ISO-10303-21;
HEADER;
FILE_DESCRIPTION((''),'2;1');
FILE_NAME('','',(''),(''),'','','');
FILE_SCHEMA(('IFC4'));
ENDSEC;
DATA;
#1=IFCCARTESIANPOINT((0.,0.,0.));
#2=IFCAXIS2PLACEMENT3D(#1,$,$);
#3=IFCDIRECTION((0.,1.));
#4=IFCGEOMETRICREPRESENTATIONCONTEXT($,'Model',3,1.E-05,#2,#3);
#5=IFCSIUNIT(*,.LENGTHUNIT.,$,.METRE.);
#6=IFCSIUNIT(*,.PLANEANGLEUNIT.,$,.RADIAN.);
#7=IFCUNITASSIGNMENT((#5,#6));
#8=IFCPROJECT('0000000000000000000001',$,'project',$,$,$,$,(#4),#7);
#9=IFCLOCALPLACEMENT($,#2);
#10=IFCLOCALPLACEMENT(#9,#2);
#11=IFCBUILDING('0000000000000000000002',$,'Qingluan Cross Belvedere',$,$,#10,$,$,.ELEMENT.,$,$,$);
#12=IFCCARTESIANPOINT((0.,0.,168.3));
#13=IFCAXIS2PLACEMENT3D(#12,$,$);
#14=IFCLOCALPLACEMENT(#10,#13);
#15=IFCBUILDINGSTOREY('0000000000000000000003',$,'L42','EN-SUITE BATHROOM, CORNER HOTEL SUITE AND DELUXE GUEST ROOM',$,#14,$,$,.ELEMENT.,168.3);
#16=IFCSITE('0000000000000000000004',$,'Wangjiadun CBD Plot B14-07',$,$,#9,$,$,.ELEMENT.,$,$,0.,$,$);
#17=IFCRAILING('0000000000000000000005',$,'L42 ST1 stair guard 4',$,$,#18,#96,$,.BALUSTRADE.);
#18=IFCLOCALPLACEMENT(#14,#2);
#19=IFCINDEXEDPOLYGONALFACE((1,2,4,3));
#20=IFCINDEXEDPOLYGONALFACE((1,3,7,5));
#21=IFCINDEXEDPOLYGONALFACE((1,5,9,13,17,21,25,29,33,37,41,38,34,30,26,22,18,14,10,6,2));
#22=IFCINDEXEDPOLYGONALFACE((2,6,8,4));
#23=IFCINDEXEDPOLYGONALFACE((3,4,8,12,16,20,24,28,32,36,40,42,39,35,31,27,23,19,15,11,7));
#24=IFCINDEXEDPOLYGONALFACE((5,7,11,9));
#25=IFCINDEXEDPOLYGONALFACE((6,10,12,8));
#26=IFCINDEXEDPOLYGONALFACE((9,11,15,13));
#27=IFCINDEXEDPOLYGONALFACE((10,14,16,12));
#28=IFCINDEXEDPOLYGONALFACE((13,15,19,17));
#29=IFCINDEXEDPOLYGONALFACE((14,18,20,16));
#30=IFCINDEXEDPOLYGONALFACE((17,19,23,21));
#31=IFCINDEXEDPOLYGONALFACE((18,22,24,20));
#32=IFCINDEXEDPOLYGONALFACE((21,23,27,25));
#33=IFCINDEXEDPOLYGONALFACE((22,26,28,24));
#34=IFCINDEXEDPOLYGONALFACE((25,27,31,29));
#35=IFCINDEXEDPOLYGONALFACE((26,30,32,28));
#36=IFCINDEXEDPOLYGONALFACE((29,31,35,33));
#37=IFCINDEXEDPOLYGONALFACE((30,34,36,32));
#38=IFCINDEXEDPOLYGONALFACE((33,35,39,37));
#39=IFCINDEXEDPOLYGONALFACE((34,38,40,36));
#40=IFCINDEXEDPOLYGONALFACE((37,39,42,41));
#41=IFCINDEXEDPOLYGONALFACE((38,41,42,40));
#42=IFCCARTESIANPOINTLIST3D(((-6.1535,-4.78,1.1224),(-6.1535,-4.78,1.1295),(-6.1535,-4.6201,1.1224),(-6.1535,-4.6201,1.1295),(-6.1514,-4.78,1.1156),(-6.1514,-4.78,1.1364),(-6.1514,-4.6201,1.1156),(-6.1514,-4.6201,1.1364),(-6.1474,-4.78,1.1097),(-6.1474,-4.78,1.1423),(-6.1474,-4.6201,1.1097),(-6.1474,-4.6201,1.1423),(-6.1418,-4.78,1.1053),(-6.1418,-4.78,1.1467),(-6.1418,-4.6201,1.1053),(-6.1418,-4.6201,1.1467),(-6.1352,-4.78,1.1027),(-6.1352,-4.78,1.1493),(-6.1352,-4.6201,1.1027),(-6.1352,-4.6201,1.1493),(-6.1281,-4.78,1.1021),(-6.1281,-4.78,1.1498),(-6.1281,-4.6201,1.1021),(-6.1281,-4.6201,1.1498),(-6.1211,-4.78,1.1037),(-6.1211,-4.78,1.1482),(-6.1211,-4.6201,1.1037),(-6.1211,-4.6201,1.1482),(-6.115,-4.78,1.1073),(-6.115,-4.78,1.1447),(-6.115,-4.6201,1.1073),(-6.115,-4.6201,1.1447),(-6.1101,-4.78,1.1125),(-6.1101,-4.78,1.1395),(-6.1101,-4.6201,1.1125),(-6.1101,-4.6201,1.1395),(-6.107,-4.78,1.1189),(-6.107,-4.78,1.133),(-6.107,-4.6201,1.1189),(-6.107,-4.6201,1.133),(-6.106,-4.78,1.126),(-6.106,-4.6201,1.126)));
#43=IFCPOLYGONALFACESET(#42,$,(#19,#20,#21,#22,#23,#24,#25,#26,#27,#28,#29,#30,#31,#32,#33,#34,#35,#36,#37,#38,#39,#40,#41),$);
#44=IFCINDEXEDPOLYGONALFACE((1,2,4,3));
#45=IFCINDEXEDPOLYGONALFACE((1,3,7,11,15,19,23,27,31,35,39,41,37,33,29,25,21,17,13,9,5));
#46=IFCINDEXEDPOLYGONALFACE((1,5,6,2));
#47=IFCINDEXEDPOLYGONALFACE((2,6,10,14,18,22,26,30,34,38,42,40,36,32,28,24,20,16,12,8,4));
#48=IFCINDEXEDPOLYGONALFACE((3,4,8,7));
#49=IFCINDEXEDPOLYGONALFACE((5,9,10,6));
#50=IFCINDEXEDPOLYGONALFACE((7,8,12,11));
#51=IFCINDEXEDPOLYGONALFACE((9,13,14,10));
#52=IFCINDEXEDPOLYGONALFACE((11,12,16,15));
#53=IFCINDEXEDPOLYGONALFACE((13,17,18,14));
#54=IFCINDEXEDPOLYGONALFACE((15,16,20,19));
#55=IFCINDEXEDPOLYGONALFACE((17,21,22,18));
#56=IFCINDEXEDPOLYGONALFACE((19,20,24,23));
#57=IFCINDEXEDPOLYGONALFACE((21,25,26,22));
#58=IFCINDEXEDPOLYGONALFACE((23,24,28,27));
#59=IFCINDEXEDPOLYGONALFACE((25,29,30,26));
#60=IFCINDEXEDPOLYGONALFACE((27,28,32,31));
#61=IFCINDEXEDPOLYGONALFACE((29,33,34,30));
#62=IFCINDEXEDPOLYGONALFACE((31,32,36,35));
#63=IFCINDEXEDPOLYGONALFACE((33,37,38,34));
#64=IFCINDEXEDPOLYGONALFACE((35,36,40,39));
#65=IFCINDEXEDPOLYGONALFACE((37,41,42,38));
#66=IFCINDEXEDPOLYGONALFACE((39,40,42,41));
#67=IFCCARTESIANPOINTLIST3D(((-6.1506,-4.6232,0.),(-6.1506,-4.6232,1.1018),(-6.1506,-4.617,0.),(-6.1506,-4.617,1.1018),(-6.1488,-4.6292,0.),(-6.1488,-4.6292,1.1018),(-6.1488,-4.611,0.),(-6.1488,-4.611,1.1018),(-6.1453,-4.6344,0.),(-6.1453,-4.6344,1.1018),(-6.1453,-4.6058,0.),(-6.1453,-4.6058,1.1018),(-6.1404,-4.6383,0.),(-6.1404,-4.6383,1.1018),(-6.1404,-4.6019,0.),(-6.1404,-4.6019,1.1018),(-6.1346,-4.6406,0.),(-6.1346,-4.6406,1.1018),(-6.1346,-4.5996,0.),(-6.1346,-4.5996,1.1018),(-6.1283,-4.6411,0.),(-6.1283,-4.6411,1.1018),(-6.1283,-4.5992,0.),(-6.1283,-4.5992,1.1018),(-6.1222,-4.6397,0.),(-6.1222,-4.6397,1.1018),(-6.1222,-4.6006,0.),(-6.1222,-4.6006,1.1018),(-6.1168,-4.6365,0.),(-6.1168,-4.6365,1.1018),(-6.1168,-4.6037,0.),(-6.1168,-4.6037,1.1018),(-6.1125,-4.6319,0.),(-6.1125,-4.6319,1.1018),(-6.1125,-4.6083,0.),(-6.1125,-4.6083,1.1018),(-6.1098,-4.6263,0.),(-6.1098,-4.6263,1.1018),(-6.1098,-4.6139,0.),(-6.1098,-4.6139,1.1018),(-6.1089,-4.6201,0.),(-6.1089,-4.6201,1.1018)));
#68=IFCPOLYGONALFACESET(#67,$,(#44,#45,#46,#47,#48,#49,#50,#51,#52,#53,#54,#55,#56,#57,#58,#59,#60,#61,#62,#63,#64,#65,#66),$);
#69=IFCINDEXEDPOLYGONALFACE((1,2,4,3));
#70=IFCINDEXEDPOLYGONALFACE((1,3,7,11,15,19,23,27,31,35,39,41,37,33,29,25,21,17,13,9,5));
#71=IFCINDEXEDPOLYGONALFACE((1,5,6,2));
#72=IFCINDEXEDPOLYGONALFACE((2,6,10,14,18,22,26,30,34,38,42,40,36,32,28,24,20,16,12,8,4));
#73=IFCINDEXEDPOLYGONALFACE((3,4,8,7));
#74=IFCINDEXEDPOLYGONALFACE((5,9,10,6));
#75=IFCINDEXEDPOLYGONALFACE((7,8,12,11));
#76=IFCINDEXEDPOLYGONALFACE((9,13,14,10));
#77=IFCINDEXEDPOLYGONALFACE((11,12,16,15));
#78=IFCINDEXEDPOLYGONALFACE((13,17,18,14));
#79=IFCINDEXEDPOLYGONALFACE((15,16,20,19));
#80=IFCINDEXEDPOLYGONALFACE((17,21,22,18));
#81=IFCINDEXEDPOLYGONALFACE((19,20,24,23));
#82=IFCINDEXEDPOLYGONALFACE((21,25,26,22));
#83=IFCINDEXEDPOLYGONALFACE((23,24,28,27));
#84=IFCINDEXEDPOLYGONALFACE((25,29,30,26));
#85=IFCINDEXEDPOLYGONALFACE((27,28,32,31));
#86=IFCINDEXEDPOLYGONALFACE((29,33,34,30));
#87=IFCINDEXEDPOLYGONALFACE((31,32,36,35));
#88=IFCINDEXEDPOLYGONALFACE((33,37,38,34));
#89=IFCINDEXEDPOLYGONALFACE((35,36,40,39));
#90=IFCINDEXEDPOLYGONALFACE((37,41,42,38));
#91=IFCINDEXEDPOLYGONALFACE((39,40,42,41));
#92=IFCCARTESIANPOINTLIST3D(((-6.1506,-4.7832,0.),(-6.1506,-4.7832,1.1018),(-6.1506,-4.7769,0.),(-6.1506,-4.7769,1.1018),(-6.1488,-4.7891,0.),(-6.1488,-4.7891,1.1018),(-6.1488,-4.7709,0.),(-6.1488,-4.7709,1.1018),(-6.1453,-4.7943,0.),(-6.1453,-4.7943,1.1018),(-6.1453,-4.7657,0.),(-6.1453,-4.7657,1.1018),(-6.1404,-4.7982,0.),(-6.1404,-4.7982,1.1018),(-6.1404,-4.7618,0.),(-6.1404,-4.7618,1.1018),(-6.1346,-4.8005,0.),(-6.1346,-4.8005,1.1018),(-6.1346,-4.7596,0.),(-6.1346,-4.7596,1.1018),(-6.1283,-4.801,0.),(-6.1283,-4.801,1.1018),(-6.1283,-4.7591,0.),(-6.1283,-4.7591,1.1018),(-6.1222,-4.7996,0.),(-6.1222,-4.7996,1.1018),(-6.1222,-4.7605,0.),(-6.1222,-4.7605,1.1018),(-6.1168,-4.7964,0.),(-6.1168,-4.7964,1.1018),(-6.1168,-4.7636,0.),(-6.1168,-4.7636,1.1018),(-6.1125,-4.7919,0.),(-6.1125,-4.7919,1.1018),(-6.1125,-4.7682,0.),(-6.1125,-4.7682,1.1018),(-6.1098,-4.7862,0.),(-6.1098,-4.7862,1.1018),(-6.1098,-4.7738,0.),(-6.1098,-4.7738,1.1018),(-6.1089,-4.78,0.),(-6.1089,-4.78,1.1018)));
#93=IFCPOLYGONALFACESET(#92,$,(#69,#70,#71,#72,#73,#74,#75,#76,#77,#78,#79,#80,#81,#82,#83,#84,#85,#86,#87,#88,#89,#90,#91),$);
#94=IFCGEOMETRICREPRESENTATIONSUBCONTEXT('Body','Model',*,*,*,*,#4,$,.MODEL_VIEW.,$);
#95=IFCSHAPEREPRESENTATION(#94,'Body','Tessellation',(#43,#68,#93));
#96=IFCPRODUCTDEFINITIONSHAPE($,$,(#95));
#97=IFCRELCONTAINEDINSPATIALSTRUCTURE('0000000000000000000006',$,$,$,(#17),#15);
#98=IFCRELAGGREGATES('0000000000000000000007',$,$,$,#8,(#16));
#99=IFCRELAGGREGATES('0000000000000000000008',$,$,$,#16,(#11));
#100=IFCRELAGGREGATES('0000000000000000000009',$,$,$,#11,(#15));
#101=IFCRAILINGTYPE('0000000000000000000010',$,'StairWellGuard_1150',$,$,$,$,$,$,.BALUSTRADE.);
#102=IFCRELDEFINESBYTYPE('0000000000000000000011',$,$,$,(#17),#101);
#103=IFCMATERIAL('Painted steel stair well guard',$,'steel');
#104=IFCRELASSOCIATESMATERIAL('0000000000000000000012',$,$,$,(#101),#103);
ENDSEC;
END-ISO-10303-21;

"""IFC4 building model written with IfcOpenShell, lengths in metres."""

from ifc_helpers import new_model, si_unit, direction, frame, origin, origin_2d, place, context, subcontext, project, spatial, circle, extrude, material, type_object, element, save


model = new_model("IFC4")

# Units and contexts
model_context = context("Model", 3, precision=1e-05, world=origin(), true_north=direction((0.0, 1.0)))
body_context = subcontext(model_context, "Body", "Model", "MODEL_VIEW")
ifc_project = project(units=[si_unit("LENGTHUNIT", "METRE"), si_unit("PLANEANGLEUNIT", "RADIAN")], contexts=[model_context])

# Site, building, storey
site_placement = place(None, origin())
site = spatial("IfcSite", under=ifc_project, at=site_placement, Name="Wangjiadun CBD Plot B14-07", CompositionType="ELEMENT", RefElevation=0.0)
building_placement = place(site_placement, origin())
building = spatial("IfcBuilding", under=site, at=building_placement, Name="Qingluan Cross Belvedere", CompositionType="ELEMENT")
storey_placement = place(building_placement, frame((0.0, 0.0, 168.3)))
storey = spatial("IfcBuildingStorey", under=building, at=storey_placement, Name="L42", Description="EN-SUITE BATHROOM, CORNER HOTEL SUITE AND DELUXE GUEST ROOM", CompositionType="ELEMENT", Elevation=168.3)

# Railing
ifc_material_1 = material(Name="Painted steel stair well guard", Category="steel")
railing_type_1 = type_object("IfcRailingType", Name="StairWellGuard_1150", PredefinedType="BALUSTRADE", material=ifc_material_1)
railing_1_placement = place(storey_placement, frame((-6.1299, -4.6201, 0.0)))
element("IfcRailing", 1, at=railing_1_placement, inside=storey, type_object=railing_type_1, Name="L42 ST1 stair guard 4", PredefinedType="BALUSTRADE", context=body_context, shape_type="SweptSolid", body=[
    extrude(circle(Radius=0.0239, at=origin_2d()), frame((0.0, 0.0, 1.126), z_axis=(0.0, -1.0, 0.0), x_axis=(1.0, 0.0, 0.0)), (0.0, 0.0, 1.0), 0.1599),
    extrude(circle(Radius=0.021, at=origin_2d()), origin(), (0.0, 0.0, 1.0), 1.1018),
    extrude(circle(Radius=0.021, at=origin_2d()), frame((0.0, -0.1599, 0.0)), (0.0, 0.0, 1.0), 1.1018),
])

save(model, "model.ifc")
